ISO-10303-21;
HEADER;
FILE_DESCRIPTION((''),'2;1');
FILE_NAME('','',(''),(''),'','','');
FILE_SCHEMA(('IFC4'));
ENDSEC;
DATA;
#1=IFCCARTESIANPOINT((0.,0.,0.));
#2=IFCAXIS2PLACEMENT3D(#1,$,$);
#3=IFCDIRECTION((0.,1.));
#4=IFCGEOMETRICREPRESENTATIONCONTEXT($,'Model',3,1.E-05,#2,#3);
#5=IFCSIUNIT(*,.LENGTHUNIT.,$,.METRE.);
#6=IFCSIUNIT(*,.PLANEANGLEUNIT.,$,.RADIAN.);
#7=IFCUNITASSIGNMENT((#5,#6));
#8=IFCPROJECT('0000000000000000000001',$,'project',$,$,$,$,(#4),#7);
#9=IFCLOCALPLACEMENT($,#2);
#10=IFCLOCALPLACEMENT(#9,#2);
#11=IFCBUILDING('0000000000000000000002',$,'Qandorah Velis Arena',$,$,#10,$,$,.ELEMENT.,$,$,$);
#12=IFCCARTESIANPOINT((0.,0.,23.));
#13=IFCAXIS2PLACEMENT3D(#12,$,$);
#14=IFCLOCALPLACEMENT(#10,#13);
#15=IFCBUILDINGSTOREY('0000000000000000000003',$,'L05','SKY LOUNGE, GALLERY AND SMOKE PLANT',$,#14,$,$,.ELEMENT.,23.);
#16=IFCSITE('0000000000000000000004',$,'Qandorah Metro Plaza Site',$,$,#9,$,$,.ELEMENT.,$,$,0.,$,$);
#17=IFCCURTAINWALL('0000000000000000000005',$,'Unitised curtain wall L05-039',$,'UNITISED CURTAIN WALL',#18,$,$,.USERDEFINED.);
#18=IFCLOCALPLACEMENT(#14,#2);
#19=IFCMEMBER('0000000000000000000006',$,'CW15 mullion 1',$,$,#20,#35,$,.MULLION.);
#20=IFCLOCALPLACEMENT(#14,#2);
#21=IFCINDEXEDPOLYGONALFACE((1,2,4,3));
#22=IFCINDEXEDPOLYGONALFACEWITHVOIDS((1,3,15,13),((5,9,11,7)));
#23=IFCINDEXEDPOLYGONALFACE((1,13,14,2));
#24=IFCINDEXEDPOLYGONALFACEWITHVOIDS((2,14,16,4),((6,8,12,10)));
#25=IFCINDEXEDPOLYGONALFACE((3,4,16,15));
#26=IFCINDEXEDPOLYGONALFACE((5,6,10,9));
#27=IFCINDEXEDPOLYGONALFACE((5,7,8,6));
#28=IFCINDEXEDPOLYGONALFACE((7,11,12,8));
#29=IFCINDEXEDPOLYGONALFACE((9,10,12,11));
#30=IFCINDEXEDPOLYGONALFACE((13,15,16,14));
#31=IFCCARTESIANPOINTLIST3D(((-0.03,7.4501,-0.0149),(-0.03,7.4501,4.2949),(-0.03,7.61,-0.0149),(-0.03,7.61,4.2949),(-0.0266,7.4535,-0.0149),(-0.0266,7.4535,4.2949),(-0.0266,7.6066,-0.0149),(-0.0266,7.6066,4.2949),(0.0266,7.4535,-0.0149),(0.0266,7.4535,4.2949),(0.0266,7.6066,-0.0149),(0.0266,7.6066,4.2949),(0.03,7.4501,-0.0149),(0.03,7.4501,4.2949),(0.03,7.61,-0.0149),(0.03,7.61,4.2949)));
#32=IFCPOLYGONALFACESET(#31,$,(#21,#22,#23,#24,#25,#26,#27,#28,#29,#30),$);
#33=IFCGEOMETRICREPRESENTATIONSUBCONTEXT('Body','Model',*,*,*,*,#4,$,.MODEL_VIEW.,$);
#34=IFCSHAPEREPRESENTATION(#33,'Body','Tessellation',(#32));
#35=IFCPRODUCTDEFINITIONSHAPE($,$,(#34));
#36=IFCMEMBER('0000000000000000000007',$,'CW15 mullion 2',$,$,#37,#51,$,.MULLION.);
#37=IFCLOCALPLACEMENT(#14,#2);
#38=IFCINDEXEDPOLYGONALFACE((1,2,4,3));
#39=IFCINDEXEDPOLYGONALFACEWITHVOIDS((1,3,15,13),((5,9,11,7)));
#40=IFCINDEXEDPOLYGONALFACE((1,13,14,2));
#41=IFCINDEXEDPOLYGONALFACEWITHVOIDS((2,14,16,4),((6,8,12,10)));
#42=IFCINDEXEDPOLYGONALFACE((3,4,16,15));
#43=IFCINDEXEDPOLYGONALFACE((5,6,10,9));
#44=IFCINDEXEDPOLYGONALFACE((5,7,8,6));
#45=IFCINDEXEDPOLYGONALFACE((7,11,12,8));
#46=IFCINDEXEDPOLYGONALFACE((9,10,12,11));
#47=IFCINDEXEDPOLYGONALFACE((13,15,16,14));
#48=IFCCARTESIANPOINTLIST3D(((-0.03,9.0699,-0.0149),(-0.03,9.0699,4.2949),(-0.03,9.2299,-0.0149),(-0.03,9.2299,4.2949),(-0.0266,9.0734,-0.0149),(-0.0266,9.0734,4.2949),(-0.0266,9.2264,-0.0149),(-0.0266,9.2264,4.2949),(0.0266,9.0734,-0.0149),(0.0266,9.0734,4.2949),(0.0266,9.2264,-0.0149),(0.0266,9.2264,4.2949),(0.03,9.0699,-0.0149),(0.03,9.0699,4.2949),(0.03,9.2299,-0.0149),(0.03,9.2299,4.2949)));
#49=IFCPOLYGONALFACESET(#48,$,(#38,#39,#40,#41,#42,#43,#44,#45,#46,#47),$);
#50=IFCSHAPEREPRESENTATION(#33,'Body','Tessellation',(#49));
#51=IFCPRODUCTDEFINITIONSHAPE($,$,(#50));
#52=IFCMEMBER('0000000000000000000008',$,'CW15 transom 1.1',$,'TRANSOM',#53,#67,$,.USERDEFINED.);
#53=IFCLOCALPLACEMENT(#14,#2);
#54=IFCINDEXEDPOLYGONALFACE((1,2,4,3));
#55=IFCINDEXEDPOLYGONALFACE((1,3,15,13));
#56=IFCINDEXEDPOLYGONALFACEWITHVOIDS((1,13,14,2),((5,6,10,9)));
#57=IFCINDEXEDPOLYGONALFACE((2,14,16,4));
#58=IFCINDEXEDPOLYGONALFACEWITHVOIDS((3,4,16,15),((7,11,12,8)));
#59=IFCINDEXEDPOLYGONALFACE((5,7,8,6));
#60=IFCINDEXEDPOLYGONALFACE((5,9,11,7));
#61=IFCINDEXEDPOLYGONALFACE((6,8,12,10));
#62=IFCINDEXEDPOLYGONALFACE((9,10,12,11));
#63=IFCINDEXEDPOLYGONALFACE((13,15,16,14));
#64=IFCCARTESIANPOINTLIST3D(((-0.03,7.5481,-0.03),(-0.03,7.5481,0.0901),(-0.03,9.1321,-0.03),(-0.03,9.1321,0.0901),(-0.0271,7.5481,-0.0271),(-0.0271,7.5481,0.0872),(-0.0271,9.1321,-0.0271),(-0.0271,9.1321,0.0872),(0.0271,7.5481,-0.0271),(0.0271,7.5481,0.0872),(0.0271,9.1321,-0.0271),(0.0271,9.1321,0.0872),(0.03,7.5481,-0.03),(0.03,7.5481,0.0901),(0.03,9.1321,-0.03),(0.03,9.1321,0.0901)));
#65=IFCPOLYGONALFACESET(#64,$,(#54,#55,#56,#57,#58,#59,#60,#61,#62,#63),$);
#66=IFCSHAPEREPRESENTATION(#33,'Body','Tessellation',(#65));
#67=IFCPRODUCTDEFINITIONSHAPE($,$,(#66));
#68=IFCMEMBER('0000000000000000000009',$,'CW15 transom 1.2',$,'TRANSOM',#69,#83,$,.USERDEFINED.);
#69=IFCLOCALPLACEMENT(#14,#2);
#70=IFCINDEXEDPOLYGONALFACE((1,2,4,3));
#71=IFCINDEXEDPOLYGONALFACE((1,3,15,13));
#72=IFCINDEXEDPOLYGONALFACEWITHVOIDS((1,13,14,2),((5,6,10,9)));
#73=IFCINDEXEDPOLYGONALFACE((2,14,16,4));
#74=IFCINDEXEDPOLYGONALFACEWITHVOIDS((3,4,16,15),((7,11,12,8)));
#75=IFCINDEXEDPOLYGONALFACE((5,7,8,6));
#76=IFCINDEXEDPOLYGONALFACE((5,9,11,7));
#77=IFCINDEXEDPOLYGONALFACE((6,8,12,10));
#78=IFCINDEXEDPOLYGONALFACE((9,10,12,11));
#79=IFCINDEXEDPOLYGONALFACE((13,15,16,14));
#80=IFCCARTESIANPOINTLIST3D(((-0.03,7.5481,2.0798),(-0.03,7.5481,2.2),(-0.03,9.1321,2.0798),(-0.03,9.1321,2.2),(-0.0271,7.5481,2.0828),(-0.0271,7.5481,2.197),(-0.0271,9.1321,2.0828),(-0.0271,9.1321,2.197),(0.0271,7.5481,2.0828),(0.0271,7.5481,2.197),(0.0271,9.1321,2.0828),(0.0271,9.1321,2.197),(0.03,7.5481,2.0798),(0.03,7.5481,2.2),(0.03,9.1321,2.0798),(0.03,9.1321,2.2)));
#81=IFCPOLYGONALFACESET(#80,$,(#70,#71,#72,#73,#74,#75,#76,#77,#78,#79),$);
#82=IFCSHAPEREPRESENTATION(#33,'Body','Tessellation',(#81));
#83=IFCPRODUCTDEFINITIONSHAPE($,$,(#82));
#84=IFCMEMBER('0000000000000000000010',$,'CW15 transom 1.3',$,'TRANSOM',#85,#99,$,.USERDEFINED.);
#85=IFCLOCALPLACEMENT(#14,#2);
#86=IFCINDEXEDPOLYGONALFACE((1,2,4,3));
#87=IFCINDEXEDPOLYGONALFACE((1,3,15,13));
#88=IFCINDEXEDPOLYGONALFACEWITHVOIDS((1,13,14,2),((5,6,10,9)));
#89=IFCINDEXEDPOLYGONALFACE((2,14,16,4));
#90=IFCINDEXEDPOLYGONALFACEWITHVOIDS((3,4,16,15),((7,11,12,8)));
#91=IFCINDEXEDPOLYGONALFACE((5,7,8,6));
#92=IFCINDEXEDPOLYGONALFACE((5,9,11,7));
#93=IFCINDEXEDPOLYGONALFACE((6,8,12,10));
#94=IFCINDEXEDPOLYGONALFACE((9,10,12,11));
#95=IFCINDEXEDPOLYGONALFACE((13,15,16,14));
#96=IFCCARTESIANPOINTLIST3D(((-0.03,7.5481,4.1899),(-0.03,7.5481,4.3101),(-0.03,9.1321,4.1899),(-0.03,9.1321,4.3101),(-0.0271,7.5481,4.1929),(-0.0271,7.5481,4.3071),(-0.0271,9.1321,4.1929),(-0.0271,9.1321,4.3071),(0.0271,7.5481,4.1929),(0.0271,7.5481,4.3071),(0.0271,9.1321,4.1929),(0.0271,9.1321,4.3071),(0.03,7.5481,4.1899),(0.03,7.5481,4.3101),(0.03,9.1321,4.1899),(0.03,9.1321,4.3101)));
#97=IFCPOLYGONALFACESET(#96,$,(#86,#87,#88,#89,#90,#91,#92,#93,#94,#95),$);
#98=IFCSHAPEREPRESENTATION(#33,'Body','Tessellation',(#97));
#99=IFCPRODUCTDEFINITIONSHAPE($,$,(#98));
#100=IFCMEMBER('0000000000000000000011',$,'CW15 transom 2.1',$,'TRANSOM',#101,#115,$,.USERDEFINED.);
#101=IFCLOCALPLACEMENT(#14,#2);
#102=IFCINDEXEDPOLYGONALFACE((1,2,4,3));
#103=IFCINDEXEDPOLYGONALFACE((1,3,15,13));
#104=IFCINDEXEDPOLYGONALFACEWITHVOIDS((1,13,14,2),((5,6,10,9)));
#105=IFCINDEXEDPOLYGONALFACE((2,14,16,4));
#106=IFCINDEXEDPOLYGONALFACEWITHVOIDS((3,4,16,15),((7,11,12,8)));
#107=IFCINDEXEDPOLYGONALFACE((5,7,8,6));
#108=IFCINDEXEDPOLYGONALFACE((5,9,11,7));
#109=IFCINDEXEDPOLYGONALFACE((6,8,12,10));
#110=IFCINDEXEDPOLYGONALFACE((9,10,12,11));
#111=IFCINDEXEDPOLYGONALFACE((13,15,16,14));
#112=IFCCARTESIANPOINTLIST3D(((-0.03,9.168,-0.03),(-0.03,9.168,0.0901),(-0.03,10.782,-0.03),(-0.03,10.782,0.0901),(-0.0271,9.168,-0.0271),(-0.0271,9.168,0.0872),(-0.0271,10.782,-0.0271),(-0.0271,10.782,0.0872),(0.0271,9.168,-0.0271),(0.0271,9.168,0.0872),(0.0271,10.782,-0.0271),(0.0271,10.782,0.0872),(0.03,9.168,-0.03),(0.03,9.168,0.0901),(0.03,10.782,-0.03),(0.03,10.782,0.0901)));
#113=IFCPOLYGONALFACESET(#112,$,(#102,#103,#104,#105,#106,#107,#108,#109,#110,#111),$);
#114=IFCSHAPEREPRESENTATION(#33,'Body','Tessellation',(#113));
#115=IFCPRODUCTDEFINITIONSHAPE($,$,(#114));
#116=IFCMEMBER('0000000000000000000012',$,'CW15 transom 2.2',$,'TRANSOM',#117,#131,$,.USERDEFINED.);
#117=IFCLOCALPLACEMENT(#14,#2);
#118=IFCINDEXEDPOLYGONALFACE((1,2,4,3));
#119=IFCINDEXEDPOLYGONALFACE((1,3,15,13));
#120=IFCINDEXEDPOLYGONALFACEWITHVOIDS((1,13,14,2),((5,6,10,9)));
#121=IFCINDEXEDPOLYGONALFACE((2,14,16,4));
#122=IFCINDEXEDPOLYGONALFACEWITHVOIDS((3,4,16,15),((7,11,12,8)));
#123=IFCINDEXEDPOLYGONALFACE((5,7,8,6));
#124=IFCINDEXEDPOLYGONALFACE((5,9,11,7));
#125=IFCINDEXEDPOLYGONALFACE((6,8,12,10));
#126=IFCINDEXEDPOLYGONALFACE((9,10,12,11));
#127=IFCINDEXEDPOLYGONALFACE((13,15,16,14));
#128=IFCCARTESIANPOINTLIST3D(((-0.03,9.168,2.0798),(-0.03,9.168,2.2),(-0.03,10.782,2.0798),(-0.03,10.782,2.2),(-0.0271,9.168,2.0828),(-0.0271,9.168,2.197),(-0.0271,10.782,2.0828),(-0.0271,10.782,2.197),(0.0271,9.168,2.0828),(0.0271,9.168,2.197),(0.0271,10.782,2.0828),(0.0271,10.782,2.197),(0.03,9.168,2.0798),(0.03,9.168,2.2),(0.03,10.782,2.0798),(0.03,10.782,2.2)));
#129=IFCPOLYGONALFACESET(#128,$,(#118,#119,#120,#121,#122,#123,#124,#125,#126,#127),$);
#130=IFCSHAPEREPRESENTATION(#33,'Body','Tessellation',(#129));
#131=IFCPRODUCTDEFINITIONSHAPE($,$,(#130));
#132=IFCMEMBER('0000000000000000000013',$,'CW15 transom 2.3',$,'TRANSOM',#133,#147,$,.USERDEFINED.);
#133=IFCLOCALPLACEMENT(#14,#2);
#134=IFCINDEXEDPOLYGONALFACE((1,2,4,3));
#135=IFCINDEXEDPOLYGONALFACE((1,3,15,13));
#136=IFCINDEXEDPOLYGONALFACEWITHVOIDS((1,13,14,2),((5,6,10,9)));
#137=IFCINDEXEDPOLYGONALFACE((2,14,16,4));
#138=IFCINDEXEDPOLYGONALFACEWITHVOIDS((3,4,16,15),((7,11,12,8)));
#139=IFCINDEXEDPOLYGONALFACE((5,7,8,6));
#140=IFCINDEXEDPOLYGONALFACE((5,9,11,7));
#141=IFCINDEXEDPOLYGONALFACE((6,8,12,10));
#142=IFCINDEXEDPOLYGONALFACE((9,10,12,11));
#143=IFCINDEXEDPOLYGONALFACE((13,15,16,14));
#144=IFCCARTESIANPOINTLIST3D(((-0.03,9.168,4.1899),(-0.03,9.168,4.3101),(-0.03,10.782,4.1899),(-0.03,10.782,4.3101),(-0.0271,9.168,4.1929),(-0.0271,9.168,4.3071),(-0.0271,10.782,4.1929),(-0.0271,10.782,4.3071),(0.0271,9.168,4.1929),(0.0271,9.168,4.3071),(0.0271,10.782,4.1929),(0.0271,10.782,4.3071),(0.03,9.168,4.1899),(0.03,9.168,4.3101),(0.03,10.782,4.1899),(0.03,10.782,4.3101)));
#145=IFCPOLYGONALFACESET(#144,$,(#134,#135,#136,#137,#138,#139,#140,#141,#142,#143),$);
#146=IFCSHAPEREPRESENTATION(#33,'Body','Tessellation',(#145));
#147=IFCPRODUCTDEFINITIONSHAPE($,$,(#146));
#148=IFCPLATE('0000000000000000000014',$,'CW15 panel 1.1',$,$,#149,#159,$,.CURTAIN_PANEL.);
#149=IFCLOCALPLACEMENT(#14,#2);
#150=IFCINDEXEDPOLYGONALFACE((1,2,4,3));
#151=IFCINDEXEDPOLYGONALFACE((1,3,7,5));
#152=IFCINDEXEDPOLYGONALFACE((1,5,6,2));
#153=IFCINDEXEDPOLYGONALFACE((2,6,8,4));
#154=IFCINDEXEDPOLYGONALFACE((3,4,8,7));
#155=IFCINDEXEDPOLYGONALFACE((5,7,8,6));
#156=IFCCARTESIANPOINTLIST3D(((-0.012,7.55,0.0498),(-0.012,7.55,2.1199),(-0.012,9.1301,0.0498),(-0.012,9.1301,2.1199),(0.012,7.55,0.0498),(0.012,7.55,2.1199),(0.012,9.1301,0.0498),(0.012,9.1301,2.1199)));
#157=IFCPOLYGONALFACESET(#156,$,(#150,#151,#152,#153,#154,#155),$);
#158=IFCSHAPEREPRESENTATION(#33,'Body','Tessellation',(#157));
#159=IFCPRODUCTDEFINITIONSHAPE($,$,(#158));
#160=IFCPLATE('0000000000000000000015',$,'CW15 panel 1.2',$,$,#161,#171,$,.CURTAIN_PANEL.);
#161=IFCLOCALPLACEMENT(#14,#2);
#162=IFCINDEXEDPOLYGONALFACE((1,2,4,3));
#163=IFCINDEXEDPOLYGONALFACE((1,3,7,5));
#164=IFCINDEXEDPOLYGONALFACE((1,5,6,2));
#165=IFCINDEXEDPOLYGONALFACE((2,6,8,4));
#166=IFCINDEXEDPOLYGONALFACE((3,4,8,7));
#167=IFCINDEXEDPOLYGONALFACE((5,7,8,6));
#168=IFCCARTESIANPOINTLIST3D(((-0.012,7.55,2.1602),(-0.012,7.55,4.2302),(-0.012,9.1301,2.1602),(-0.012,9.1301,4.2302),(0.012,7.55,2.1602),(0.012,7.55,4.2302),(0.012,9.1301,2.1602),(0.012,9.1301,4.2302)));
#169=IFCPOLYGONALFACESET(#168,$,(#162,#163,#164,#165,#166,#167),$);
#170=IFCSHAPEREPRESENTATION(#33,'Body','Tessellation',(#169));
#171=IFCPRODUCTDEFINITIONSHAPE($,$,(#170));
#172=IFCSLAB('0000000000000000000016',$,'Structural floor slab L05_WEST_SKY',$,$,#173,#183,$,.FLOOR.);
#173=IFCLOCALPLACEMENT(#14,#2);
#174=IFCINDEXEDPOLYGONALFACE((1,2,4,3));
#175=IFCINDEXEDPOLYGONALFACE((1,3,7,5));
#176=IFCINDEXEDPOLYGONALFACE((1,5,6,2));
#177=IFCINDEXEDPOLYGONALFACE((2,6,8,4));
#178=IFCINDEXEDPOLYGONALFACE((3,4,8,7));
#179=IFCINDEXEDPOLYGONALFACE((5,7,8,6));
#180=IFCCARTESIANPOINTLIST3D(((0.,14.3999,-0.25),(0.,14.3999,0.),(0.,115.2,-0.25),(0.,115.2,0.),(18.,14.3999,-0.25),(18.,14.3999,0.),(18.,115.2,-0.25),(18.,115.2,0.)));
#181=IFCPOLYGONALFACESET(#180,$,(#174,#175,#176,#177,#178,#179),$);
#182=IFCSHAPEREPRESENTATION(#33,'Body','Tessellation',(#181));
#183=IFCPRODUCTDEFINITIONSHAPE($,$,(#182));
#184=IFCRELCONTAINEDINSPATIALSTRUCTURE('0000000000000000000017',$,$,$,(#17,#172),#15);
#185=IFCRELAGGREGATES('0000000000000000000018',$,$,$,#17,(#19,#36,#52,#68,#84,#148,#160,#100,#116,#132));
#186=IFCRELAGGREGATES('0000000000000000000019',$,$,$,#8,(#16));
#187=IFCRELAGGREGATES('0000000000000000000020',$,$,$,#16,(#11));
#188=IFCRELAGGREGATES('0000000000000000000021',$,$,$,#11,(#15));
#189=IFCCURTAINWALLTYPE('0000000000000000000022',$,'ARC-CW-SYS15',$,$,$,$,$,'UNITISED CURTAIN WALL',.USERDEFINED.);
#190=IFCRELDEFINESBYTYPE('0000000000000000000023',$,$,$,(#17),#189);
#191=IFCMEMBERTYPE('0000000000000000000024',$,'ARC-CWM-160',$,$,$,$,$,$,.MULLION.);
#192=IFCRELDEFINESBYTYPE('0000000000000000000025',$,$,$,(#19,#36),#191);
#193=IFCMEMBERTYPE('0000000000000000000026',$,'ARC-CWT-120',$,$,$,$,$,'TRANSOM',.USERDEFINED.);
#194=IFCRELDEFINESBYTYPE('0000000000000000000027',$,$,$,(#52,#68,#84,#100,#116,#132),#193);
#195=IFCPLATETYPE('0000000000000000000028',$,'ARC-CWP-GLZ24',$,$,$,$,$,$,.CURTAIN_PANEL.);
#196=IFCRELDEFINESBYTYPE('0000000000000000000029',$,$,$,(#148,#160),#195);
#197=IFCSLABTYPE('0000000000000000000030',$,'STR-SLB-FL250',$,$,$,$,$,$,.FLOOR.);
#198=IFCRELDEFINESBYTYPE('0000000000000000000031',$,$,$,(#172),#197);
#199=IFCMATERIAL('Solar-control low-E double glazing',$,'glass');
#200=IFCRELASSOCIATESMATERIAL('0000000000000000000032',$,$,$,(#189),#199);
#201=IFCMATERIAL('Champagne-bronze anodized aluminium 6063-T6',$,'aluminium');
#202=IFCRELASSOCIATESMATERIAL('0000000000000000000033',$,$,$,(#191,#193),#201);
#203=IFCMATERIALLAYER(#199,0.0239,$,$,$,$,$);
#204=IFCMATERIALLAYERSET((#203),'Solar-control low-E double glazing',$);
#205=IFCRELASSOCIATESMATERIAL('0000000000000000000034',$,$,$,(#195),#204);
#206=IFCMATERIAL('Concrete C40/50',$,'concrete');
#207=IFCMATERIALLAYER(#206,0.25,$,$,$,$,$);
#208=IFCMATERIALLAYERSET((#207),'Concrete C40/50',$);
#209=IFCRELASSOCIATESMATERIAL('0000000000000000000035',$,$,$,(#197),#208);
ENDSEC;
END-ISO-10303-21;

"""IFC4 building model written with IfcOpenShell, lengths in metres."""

from ifc_helpers import new_model, si_unit, direction, frame, origin, origin_2d, place, context, subcontext, project, spatial, polyline, rectangle, hollow_rectangle, outline, extrude, material, layer, layer_set, material_profile, profile_set, type_object, element, aggregate, save


model = new_model("IFC4")

# Units and contexts
model_context = context("Model", 3, precision=1e-05, world=origin(), true_north=direction((0.0, 1.0)))
body_context = subcontext(model_context, "Body", "Model", "MODEL_VIEW")
ifc_project = project(units=[si_unit("LENGTHUNIT", "METRE"), si_unit("PLANEANGLEUNIT", "RADIAN")], contexts=[model_context])

# Site, building, storey
site_placement = place(None, origin())
site = spatial("IfcSite", under=ifc_project, at=site_placement, Name="Qandorah Metro Plaza Site", CompositionType="ELEMENT", RefElevation=0.0)
building_placement = place(site_placement, origin())
building = spatial("IfcBuilding", under=site, at=building_placement, Name="Qandorah Velis Arena", CompositionType="ELEMENT")
storey_placement = place(building_placement, frame((0.0, 0.0, 23.0)))
storey = spatial("IfcBuildingStorey", under=building, at=storey_placement, Name="L05", Description="SKY LOUNGE, GALLERY AND SMOKE PLANT", CompositionType="ELEMENT", Elevation=23.0)

# Curtain wall, members, plates
ifc_material_1 = material(Name="Solar-control low-E double glazing", Category="glass")
curtain_wall_type = type_object("IfcCurtainWallType", Name="ARC-CW-SYS15", ElementType="UNITISED CURTAIN WALL", PredefinedType="USERDEFINED", material=ifc_material_1)
curtain_wall_placement = place(storey_placement, origin())
curtain_wall = element("IfcCurtainWall", 1, at=curtain_wall_placement, inside=storey, type_object=curtain_wall_type, Name="Unitised curtain wall L05-039", ObjectType="UNITISED CURTAIN WALL", PredefinedType="USERDEFINED")
ifc_material_2 = material(Name="Champagne-bronze anodized aluminium 6063-T6", Category="aluminium")
ifc_material_profile_1 = material_profile(ifc_material_2, hollow_rectangle(XDim=0.0601, YDim=0.1599, WallThickness=0.0034, at=origin_2d()), Name="ALU MULLION 60x160")
ifc_profile_set_1 = profile_set([ifc_material_profile_1], Name="Champagne-bronze anodized aluminium 6063-T6")
member_type_1 = type_object("IfcMemberType", Name="ARC-CWM-160", PredefinedType="MULLION", material=ifc_profile_set_1)
member_1_placement = place(storey_placement, frame((0.0, 7.53, -0.0149), z_axis=(0.0, 0.0, 1.0), x_axis=(-1.0, 0.0, 0.0)))
member_1 = element("IfcMember", 2, at=member_1_placement, type_object=member_type_1, Name="CW15 mullion 1", PredefinedType="MULLION", context=body_context, shape_type="SweptSolid", body=[
    extrude(hollow_rectangle(XDim=0.0601, YDim=0.1599, WallThickness=0.0034, at=origin_2d()), origin(), (0.0, 0.0, 1.0), 4.3098),
])
member_2_placement = place(storey_placement, frame((0.0, 9.1499, -0.0149), z_axis=(0.0, 0.0, 1.0), x_axis=(-1.0, 0.0, 0.0)))
member_2 = element("IfcMember", 3, at=member_2_placement, type_object=member_type_1, Name="CW15 mullion 2", PredefinedType="MULLION", context=body_context, shape_type="SweptSolid", body=[
    extrude(hollow_rectangle(XDim=0.0601, YDim=0.1599, WallThickness=0.0034, at=origin_2d()), origin(), (0.0, 0.0, 1.0), 4.3098),
])
ifc_material_profile_2 = material_profile(ifc_material_2, hollow_rectangle(XDim=0.0601, YDim=0.1201, WallThickness=0.0029, at=origin_2d()), Name="ALU TRANSOM 60x120")
ifc_profile_set_2 = profile_set([ifc_material_profile_2], Name="Champagne-bronze anodized aluminium 6063-T6")
member_type_2 = type_object("IfcMemberType", Name="ARC-CWT-120", ElementType="TRANSOM", PredefinedType="USERDEFINED", material=ifc_profile_set_2)
member_3_placement = place(storey_placement, frame((0.0, 7.5481, 0.03), z_axis=(0.0, 1.0, 0.0), x_axis=(-1.0, 0.0, 0.0)))
member_3 = element("IfcMember", 4, at=member_3_placement, type_object=member_type_2, Name="CW15 transom 1.1", ObjectType="TRANSOM", PredefinedType="USERDEFINED", context=body_context, shape_type="SweptSolid", body=[
    extrude(hollow_rectangle(XDim=0.0601, YDim=0.1201, WallThickness=0.0029, at=origin_2d()), origin(), (0.0, 0.0, 1.0), 1.584),
])
member_4_placement = place(storey_placement, frame((0.0, 7.5481, 2.1399), z_axis=(0.0, 1.0, 0.0), x_axis=(-1.0, 0.0, 0.0)))
member_4 = element("IfcMember", 5, at=member_4_placement, type_object=member_type_2, Name="CW15 transom 1.2", ObjectType="TRANSOM", PredefinedType="USERDEFINED", context=body_context, shape_type="SweptSolid", body=[
    extrude(hollow_rectangle(XDim=0.0601, YDim=0.1201, WallThickness=0.0029, at=origin_2d()), origin(), (0.0, 0.0, 1.0), 1.584),
])
member_5_placement = place(storey_placement, frame((0.0, 7.5481, 4.25), z_axis=(0.0, 1.0, 0.0), x_axis=(-1.0, 0.0, 0.0)))
member_5 = element("IfcMember", 6, at=member_5_placement, type_object=member_type_2, Name="CW15 transom 1.3", ObjectType="TRANSOM", PredefinedType="USERDEFINED", context=body_context, shape_type="SweptSolid", body=[
    extrude(hollow_rectangle(XDim=0.0601, YDim=0.1201, WallThickness=0.0029, at=origin_2d()), origin(), (0.0, 0.0, 1.0), 1.584),
])
member_6_placement = place(storey_placement, frame((0.0, 9.168, 0.03), z_axis=(0.0, 1.0, 0.0), x_axis=(-1.0, 0.0, 0.0)))
member_6 = element("IfcMember", 7, at=member_6_placement, type_object=member_type_2, Name="CW15 transom 2.1", ObjectType="TRANSOM", PredefinedType="USERDEFINED", context=body_context, shape_type="SweptSolid", body=[
    extrude(hollow_rectangle(XDim=0.0601, YDim=0.1201, WallThickness=0.0029, at=origin_2d()), origin(), (0.0, 0.0, 1.0), 1.614),
])
member_7_placement = place(storey_placement, frame((0.0, 9.168, 2.1399), z_axis=(0.0, 1.0, 0.0), x_axis=(-1.0, 0.0, 0.0)))
member_7 = element("IfcMember", 8, at=member_7_placement, type_object=member_type_2, Name="CW15 transom 2.2", ObjectType="TRANSOM", PredefinedType="USERDEFINED", context=body_context, shape_type="SweptSolid", body=[
    extrude(hollow_rectangle(XDim=0.0601, YDim=0.1201, WallThickness=0.0029, at=origin_2d()), origin(), (0.0, 0.0, 1.0), 1.614),
])
member_8_placement = place(storey_placement, frame((0.0, 9.168, 4.25), z_axis=(0.0, 1.0, 0.0), x_axis=(-1.0, 0.0, 0.0)))
member_8 = element("IfcMember", 9, at=member_8_placement, type_object=member_type_2, Name="CW15 transom 2.3", ObjectType="TRANSOM", PredefinedType="USERDEFINED", context=body_context, shape_type="SweptSolid", body=[
    extrude(hollow_rectangle(XDim=0.0601, YDim=0.1201, WallThickness=0.0029, at=origin_2d()), origin(), (0.0, 0.0, 1.0), 1.614),
])
ifc_layer_1 = layer(ifc_material_1, 0.0239)
ifc_layer_set_1 = layer_set([ifc_layer_1], Name="Solar-control low-E double glazing")
plate_type = type_object("IfcPlateType", Name="ARC-CWP-GLZ24", PredefinedType="CURTAIN_PANEL", material=ifc_layer_set_1)
plate_1_placement = place(storey_placement, frame((0.0, 8.3401, 0.0498), z_axis=(0.0, 0.0, 1.0), x_axis=(0.0, 1.0, 0.0)))
plate_1 = element("IfcPlate", 10, at=plate_1_placement, type_object=plate_type, Name="CW15 panel 1.1", PredefinedType="CURTAIN_PANEL", context=body_context, shape_type="SweptSolid", body=[
    extrude(rectangle(XDim=1.5801, YDim=0.0239, at=origin_2d()), origin(), (0.0, 0.0, 1.0), 2.0701),
])
plate_2_placement = place(storey_placement, frame((0.0, 8.3401, 2.1602), z_axis=(0.0, 0.0, 1.0), x_axis=(0.0, 1.0, 0.0)))
plate_2 = element("IfcPlate", 11, at=plate_2_placement, type_object=plate_type, Name="CW15 panel 1.2", PredefinedType="CURTAIN_PANEL", context=body_context, shape_type="SweptSolid", body=[
    extrude(rectangle(XDim=1.5801, YDim=0.0239, at=origin_2d()), origin(), (0.0, 0.0, 1.0), 2.0701),
])
aggregate(curtain_wall, [member_1, member_2, member_3, member_4, member_5, plate_1, plate_2, member_6, member_7, member_8])

# Slab
ifc_material_3 = material(Name="Concrete C40/50", Category="concrete")
ifc_layer_2 = layer(ifc_material_3, 0.25)
ifc_layer_set_2 = layer_set([ifc_layer_2], Name="Concrete C40/50")
slab_type_1 = type_object("IfcSlabType", Name="STR-SLB-FL250", PredefinedType="FLOOR", material=ifc_layer_set_2)
slab_1_placement = place(storey_placement, frame((0.0, 0.0, -0.25)))
element("IfcSlab", 12, at=slab_1_placement, inside=storey, type_object=slab_type_1, Name="Structural floor slab L05_WEST_SKY", PredefinedType="FLOOR", context=body_context, shape_type="SweptSolid", body=[
    extrude(outline(polyline([(18.0, 14.3999), (18.0, 115.2), (0.0, 115.2), (0.0, 14.3999), (18.0, 14.3999)])), origin(), (0.0, 0.0, 1.0), 0.25),
])

save(model, "model.ifc")
